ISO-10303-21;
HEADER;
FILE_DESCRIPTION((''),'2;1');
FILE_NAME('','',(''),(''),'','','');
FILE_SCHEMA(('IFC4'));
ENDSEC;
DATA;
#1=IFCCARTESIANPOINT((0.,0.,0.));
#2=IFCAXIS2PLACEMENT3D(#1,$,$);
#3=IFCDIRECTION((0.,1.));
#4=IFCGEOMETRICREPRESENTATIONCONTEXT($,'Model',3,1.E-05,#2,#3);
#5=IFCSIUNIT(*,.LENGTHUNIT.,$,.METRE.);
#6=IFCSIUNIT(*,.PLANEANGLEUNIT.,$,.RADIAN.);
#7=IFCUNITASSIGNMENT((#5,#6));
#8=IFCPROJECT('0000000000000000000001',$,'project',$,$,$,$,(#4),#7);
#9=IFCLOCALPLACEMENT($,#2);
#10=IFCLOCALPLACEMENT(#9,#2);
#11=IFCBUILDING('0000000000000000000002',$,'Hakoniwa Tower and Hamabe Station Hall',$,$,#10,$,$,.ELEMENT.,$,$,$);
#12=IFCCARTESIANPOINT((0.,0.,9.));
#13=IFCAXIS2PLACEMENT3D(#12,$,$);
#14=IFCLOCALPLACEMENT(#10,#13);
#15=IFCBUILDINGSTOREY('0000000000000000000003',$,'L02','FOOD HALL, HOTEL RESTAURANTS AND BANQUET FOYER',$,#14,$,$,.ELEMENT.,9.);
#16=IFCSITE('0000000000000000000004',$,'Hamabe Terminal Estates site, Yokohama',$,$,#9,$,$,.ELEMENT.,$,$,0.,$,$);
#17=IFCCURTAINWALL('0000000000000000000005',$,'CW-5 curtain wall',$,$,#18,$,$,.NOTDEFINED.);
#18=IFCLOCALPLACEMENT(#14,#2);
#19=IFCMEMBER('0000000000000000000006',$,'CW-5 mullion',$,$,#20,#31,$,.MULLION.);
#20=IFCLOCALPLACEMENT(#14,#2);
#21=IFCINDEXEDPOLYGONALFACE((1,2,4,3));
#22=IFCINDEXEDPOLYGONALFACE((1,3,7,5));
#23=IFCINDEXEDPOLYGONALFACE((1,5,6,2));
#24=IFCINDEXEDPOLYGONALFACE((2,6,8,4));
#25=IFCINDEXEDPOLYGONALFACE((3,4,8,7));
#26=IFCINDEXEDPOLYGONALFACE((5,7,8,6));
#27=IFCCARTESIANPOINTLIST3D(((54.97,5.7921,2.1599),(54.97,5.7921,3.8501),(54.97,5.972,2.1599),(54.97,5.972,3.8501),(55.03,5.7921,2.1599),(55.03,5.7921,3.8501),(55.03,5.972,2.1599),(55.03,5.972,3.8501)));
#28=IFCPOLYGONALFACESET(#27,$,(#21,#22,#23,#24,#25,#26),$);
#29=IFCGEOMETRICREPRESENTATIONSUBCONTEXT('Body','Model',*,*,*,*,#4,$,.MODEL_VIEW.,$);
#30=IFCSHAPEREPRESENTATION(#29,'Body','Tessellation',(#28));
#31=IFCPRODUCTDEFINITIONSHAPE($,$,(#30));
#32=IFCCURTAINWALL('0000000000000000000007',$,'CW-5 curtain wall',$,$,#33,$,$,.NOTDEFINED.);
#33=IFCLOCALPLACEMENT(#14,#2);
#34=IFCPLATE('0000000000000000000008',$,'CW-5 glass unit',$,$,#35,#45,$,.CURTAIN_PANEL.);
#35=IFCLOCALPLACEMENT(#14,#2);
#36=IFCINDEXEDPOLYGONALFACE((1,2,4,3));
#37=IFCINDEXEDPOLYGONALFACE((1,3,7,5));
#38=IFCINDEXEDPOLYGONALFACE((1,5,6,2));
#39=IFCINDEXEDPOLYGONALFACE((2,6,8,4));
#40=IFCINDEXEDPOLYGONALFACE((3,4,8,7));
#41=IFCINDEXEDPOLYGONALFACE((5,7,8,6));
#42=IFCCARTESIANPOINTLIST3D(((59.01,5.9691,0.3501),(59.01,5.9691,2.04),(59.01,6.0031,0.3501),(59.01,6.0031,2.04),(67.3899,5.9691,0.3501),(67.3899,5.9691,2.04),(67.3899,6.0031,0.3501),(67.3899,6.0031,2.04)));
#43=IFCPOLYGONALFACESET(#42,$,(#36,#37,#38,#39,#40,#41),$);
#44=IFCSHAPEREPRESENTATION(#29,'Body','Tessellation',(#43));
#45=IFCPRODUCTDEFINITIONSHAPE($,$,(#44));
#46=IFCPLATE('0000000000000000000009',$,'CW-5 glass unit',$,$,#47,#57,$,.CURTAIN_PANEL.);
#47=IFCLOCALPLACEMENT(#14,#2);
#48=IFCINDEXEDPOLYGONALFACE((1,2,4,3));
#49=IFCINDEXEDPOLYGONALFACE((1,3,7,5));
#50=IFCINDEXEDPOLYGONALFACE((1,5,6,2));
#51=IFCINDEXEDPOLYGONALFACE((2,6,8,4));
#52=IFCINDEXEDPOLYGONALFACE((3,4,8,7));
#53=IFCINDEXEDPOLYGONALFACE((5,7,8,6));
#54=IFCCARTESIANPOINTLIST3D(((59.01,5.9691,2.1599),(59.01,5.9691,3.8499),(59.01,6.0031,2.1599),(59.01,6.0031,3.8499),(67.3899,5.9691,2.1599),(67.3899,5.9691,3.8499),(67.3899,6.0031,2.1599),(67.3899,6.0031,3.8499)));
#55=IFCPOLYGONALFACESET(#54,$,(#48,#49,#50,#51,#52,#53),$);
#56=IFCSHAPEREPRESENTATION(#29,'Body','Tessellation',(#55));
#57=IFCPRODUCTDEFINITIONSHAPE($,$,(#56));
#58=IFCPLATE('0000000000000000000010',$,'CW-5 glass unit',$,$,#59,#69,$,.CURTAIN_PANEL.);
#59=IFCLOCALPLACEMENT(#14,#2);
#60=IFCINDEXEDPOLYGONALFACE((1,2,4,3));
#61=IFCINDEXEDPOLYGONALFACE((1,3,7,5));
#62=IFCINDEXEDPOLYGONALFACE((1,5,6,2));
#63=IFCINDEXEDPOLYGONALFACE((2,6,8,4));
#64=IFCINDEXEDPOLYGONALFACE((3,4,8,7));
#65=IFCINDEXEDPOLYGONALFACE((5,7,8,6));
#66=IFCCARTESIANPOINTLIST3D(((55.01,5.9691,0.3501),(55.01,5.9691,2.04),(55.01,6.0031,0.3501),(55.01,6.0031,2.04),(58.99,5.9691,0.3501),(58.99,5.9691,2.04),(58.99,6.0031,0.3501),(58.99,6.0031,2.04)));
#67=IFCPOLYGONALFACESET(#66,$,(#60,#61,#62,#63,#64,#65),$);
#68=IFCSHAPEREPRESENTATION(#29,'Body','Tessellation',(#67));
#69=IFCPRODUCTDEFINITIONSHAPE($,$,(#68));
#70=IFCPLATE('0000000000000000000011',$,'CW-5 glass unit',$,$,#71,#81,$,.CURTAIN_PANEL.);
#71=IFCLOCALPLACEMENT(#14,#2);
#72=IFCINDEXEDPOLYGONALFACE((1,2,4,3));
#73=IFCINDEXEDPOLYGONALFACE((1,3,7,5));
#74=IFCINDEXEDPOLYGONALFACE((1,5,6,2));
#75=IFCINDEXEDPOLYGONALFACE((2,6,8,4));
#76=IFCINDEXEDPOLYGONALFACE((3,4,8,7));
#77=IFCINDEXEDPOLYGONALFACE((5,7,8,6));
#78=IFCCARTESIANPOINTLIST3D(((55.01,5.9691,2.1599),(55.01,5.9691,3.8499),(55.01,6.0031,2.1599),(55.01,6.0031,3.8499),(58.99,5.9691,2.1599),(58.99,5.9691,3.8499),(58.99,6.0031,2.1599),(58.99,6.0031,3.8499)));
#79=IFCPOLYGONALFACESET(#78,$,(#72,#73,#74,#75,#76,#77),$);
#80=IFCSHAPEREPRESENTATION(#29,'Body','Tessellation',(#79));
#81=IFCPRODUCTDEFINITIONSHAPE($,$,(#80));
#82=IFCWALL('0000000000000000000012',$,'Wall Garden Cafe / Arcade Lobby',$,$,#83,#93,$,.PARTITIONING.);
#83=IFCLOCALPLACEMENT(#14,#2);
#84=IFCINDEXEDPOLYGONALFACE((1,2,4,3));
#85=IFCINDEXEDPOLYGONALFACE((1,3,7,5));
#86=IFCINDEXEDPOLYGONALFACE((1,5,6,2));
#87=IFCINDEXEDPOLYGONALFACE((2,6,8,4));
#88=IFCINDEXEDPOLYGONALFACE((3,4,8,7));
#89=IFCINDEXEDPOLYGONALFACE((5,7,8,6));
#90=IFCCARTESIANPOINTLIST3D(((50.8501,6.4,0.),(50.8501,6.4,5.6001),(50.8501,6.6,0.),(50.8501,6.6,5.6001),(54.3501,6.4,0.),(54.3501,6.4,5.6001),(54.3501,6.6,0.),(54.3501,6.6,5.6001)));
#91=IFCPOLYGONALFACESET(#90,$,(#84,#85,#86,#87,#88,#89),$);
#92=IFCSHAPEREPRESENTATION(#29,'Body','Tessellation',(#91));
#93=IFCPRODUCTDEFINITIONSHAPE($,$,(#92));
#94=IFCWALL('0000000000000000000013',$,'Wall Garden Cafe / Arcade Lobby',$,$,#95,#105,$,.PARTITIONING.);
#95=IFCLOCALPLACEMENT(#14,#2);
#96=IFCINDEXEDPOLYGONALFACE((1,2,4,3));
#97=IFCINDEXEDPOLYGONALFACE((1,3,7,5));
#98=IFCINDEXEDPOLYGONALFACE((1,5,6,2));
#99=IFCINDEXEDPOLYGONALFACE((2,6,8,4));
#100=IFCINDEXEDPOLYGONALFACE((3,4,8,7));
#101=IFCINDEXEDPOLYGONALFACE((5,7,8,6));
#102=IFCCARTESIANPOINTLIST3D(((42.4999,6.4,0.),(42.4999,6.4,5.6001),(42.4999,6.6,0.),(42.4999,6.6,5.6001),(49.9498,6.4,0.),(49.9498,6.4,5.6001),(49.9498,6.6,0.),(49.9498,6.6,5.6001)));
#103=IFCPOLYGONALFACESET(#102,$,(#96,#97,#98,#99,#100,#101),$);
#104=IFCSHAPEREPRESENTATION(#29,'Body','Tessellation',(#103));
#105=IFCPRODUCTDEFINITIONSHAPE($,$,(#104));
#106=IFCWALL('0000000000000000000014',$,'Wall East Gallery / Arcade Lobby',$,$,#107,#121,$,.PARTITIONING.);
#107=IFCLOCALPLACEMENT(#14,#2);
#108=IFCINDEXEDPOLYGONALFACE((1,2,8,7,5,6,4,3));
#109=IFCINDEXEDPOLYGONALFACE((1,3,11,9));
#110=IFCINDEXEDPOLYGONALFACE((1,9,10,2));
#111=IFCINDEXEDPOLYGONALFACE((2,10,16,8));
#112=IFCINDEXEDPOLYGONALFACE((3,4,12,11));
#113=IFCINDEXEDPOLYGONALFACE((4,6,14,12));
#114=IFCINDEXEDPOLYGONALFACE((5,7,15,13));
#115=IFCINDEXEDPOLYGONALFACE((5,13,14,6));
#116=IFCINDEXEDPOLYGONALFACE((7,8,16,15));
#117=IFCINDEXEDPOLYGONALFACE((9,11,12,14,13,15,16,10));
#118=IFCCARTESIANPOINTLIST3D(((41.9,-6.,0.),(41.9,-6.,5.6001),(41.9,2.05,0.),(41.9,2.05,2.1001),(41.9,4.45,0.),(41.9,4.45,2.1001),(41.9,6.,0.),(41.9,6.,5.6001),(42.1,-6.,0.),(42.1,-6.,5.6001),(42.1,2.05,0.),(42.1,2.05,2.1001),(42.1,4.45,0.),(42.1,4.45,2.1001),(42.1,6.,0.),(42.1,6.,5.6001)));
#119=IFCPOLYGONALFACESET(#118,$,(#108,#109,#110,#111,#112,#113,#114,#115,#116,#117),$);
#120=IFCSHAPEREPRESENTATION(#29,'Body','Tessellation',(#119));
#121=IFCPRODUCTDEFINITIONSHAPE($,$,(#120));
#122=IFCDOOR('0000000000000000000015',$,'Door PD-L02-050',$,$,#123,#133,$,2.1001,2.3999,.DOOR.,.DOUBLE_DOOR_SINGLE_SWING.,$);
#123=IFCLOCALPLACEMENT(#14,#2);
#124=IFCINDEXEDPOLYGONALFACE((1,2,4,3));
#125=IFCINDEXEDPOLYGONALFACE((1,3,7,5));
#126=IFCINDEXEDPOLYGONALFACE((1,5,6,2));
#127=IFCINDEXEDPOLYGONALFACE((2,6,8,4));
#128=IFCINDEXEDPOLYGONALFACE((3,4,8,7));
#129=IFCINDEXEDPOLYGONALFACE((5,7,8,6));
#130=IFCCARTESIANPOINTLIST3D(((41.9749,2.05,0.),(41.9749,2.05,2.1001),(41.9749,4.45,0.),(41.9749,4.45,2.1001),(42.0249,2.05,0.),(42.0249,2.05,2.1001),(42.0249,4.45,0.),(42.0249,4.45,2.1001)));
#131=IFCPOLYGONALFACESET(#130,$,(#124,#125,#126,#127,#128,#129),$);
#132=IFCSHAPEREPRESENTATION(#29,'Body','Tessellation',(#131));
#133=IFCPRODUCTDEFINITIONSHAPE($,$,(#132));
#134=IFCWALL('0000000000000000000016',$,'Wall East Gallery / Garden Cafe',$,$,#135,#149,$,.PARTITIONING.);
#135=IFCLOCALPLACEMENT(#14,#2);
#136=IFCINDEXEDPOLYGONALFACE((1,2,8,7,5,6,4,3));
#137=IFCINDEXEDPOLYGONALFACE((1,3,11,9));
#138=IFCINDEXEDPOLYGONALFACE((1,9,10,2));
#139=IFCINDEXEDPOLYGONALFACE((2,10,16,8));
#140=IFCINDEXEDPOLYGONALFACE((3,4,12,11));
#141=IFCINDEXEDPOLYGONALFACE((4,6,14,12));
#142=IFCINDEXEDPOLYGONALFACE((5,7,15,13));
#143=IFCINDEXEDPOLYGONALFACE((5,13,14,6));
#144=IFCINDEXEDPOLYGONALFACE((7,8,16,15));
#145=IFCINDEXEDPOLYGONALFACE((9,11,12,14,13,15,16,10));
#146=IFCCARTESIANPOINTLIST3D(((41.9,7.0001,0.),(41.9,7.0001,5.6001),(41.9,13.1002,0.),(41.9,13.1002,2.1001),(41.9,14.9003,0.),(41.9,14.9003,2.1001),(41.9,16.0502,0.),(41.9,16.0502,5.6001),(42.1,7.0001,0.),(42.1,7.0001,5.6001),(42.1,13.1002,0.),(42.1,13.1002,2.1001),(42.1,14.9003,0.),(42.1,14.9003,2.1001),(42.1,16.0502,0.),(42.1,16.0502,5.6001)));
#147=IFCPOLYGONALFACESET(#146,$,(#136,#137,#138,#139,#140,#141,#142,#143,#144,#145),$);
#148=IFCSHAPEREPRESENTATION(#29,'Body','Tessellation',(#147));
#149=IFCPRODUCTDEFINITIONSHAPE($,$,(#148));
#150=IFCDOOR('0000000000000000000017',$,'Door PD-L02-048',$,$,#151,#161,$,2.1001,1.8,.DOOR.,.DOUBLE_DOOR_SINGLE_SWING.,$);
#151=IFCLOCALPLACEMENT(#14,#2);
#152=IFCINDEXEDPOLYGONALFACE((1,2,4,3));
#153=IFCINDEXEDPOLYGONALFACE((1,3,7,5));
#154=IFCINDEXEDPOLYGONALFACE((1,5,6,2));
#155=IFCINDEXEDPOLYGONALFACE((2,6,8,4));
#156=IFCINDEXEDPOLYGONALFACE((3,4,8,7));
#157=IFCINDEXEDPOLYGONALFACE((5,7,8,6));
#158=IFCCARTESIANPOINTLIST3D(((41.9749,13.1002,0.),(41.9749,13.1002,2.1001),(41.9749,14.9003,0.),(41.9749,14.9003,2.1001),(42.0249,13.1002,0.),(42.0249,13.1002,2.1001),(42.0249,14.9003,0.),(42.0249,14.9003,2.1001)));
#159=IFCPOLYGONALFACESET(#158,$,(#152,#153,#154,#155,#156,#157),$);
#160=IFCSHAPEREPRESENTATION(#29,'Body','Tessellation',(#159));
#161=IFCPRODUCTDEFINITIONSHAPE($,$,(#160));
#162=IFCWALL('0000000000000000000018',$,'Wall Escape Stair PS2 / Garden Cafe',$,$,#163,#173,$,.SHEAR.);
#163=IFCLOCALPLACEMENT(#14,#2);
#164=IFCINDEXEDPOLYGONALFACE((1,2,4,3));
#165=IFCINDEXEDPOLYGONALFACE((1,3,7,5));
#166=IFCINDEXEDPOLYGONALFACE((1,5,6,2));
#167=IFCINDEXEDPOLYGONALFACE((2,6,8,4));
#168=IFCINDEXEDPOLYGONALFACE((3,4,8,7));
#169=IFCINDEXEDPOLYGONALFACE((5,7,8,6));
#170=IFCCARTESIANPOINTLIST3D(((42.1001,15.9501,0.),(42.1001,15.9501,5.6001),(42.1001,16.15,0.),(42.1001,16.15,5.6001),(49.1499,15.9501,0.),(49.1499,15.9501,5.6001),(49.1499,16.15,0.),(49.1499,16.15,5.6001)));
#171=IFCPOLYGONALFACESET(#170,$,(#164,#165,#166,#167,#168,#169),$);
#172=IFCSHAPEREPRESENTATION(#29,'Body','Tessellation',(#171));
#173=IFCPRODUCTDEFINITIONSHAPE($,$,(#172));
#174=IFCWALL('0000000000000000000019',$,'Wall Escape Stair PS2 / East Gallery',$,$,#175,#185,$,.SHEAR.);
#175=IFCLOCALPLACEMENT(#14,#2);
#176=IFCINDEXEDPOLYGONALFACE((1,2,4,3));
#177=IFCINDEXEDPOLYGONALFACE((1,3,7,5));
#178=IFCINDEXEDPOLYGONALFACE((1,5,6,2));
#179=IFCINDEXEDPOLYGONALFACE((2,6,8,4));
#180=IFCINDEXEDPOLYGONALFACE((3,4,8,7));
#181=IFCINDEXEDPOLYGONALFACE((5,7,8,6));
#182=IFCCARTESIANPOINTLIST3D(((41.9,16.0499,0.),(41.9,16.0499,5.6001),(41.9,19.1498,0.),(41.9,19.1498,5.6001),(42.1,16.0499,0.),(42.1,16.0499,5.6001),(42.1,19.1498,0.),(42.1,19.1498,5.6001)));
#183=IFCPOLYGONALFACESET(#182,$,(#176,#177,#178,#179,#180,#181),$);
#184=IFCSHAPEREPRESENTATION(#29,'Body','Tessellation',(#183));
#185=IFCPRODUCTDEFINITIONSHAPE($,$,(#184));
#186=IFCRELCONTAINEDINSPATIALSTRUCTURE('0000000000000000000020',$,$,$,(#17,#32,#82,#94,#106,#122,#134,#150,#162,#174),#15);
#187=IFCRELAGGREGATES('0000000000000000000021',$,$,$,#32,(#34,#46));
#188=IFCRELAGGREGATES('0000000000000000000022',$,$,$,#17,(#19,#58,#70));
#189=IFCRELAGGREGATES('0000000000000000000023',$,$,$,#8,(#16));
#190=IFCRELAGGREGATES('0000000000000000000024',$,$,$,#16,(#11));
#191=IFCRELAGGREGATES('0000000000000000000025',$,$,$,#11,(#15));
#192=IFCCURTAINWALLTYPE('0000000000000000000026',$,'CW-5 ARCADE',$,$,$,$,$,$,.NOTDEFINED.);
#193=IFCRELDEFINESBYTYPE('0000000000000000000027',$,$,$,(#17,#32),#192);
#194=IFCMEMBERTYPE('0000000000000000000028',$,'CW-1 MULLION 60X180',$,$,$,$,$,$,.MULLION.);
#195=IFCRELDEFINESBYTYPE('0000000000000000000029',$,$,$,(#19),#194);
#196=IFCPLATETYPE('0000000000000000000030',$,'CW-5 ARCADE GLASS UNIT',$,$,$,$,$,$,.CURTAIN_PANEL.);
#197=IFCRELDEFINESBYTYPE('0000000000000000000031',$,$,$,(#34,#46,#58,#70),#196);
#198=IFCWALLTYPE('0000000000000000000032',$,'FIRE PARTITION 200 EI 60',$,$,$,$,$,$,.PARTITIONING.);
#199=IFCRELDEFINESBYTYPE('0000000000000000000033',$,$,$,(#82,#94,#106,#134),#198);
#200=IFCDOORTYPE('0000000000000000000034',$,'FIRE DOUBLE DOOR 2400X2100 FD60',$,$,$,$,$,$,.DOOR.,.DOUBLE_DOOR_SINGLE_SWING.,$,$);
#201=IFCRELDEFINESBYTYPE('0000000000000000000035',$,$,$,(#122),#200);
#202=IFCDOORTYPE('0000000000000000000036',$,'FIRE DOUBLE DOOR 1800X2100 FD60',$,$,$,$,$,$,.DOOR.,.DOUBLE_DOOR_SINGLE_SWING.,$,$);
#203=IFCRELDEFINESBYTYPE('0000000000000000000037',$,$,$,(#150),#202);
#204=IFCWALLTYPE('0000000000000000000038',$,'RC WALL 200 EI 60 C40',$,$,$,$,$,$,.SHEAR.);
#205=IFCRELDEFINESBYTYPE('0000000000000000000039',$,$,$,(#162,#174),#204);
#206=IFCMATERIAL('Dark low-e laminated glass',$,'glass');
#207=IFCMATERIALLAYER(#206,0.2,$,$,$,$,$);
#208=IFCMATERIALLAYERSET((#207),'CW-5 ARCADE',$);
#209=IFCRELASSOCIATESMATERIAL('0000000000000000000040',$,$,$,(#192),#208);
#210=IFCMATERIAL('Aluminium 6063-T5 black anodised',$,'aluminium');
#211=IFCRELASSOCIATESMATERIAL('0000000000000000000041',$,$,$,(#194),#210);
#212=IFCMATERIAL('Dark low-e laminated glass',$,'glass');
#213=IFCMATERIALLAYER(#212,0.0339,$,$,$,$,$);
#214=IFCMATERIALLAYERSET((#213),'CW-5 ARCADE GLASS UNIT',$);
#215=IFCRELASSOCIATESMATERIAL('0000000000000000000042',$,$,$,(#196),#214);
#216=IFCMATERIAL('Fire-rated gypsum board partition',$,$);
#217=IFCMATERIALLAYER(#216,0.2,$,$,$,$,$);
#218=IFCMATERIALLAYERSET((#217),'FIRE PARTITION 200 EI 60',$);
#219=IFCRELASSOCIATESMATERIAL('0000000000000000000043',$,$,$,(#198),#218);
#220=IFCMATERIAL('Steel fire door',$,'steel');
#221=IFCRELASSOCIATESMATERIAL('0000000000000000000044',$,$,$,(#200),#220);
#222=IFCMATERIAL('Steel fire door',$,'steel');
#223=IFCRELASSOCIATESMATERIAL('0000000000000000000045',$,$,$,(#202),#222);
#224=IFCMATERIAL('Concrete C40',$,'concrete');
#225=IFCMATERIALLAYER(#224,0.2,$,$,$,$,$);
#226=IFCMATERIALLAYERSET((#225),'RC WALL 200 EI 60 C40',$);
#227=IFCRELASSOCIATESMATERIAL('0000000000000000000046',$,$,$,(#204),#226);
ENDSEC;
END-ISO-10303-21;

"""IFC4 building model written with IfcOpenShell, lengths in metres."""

from ifc_helpers import new_model, si_unit, direction, frame, frame_2d, origin, origin_2d, place, context, subcontext, project, spatial, rectangle, extrude, material, layer, layer_set, material_profile, profile_set, type_object, element, fill, aggregate, save


model = new_model("IFC4")

# Units and contexts
model_context = context("Model", 3, precision=1e-05, world=origin(), true_north=direction((0.0, 1.0)))
body_context = subcontext(model_context, "Body", "Model", "MODEL_VIEW")
ifc_project = project(units=[si_unit("LENGTHUNIT", "METRE"), si_unit("PLANEANGLEUNIT", "RADIAN")], contexts=[model_context])

# Site, building, storey
site_placement = place(None, origin())
site = spatial("IfcSite", under=ifc_project, at=site_placement, Name="Hamabe Terminal Estates site, Yokohama", CompositionType="ELEMENT", RefElevation=0.0)
building_placement = place(site_placement, origin())
building = spatial("IfcBuilding", under=site, at=building_placement, Name="Hakoniwa Tower and Hamabe Station Hall", CompositionType="ELEMENT")
storey_placement = place(building_placement, frame((0.0, 0.0, 9.0)))
storey = spatial("IfcBuildingStorey", under=building, at=storey_placement, Name="L02", Description="FOOD HALL, HOTEL RESTAURANTS AND BANQUET FOYER", CompositionType="ELEMENT", Elevation=9.0)

# Curtain wall, member
ifc_material_1 = material(Name="Dark low-e laminated glass", Category="glass")
ifc_layer_1 = layer(ifc_material_1, 0.2)
ifc_layer_set_1 = layer_set([ifc_layer_1], Name="CW-5 ARCADE")
curtain_wall_type = type_object("IfcCurtainWallType", Name="CW-5 ARCADE", PredefinedType="NOTDEFINED", material=ifc_layer_set_1)
curtain_wall_1_placement = place(storey_placement, origin())
curtain_wall_1 = element("IfcCurtainWall", 1, at=curtain_wall_1_placement, inside=storey, type_object=curtain_wall_type, Name="CW-5 curtain wall", PredefinedType="NOTDEFINED")
ifc_material_2 = material(Name="Aluminium 6063-T5 black anodised", Category="aluminium")
ifc_material_profile_1 = material_profile(ifc_material_2, rectangle(XDim=0.0601, YDim=0.1799, at=origin_2d()), Name="CW-1 MULLION 60X180")
ifc_profile_set_1 = profile_set([ifc_material_profile_1], Name="Aluminium 6063-T5 black anodised")
member_type_1 = type_object("IfcMemberType", Name="CW-1 MULLION 60X180", PredefinedType="MULLION", material=ifc_profile_set_1)
member_1_placement = place(storey_placement, frame((55.0, 5.8821, 2.1599), z_axis=(0.0, 0.0, 1.0), x_axis=(-1.0, 0.0, 0.0)))
member_1 = element("IfcMember", 2, at=member_1_placement, type_object=member_type_1, Name="CW-5 mullion", PredefinedType="MULLION", context=body_context, shape_type="SweptSolid", body=[
    extrude(rectangle(XDim=0.0601, YDim=0.1799, at=origin_2d()), origin(), (0.0, 0.0, 1.0), 1.6902),
])

# Curtain wall, plates
curtain_wall_2_placement = place(storey_placement, origin())
curtain_wall_2 = element("IfcCurtainWall", 3, at=curtain_wall_2_placement, inside=storey, type_object=curtain_wall_type, Name="CW-5 curtain wall", PredefinedType="NOTDEFINED")
ifc_material_3 = material(Name="Dark low-e laminated glass", Category="glass")
ifc_layer_2 = layer(ifc_material_3, 0.0339)
ifc_layer_set_2 = layer_set([ifc_layer_2], Name="CW-5 ARCADE GLASS UNIT")
plate_type = type_object("IfcPlateType", Name="CW-5 ARCADE GLASS UNIT", PredefinedType="CURTAIN_PANEL", material=ifc_layer_set_2)
plate_1_placement = place(storey_placement, frame((63.2, 5.9861, 0.3501), z_axis=(0.0, 0.0, 1.0), x_axis=(-1.0, 0.0, 0.0)))
plate_1 = element("IfcPlate", 4, at=plate_1_placement, type_object=plate_type, Name="CW-5 glass unit", PredefinedType="CURTAIN_PANEL", context=body_context, shape_type="SweptSolid", body=[
    extrude(rectangle(XDim=8.3799, YDim=0.0339, at=origin_2d()), origin(), (0.0, 0.0, 1.0), 1.6899),
])
plate_2_placement = place(storey_placement, frame((63.2, 5.9861, 2.1599), z_axis=(0.0, 0.0, 1.0), x_axis=(-1.0, 0.0, 0.0)))
plate_2 = element("IfcPlate", 5, at=plate_2_placement, type_object=plate_type, Name="CW-5 glass unit", PredefinedType="CURTAIN_PANEL", context=body_context, shape_type="SweptSolid", body=[
    extrude(rectangle(XDim=8.3799, YDim=0.0339, at=origin_2d()), origin(), (0.0, 0.0, 1.0), 1.6899),
])
aggregate(curtain_wall_2, [plate_1, plate_2])

# Plates
plate_3_placement = place(storey_placement, frame((57.0, 5.9861, 0.3501), z_axis=(0.0, 0.0, 1.0), x_axis=(-1.0, 0.0, 0.0)))
plate_3 = element("IfcPlate", 6, at=plate_3_placement, type_object=plate_type, Name="CW-5 glass unit", PredefinedType="CURTAIN_PANEL", context=body_context, shape_type="SweptSolid", body=[
    extrude(rectangle(XDim=3.98, YDim=0.0339, at=origin_2d()), origin(), (0.0, 0.0, 1.0), 1.6899),
])
plate_4_placement = place(storey_placement, frame((57.0, 5.9861, 2.1599), z_axis=(0.0, 0.0, 1.0), x_axis=(-1.0, 0.0, 0.0)))
plate_4 = element("IfcPlate", 7, at=plate_4_placement, type_object=plate_type, Name="CW-5 glass unit", PredefinedType="CURTAIN_PANEL", context=body_context, shape_type="SweptSolid", body=[
    extrude(rectangle(XDim=3.98, YDim=0.0339, at=origin_2d()), origin(), (0.0, 0.0, 1.0), 1.6899),
])
aggregate(curtain_wall_1, [member_1, plate_3, plate_4])

# Walls
ifc_material_4 = material(Name="Fire-rated gypsum board partition")
ifc_layer_3 = layer(ifc_material_4, 0.2)
ifc_layer_set_3 = layer_set([ifc_layer_3], Name="FIRE PARTITION 200 EI 60")
wall_type_1 = type_object("IfcWallType", Name="FIRE PARTITION 200 EI 60", PredefinedType="PARTITIONING", material=ifc_layer_set_3)
wall_1_placement = place(storey_placement, frame((54.3501, 6.5, 0.0), z_axis=(0.0, 0.0, 1.0), x_axis=(-1.0, 0.0, 0.0)))
element("IfcWall", 8, at=wall_1_placement, inside=storey, type_object=wall_type_1, Name="Wall Garden Cafe / Arcade Lobby", PredefinedType="PARTITIONING", context=body_context, shape_type="SweptSolid", body=[
    extrude(rectangle(XDim=3.5, YDim=0.2, at=frame_2d((1.75, 0.0))), origin(), (0.0, 0.0, 1.0), 5.6001),
])
wall_2_placement = place(storey_placement, frame((49.95, 6.5, 0.0), z_axis=(0.0, 0.0, 1.0), x_axis=(-1.0, 0.0, 0.0)))
element("IfcWall", 9, at=wall_2_placement, inside=storey, type_object=wall_type_1, Name="Wall Garden Cafe / Arcade Lobby", PredefinedType="PARTITIONING", context=body_context, shape_type="SweptSolid", body=[
    extrude(rectangle(XDim=7.45, YDim=0.2, at=frame_2d((3.7251, 0.0))), origin(), (0.0, 0.0, 1.0), 5.6001),
])

# Walls, openings, doors
wall_3_placement = place(storey_placement, frame((42.0, 6.0, 0.0), z_axis=(0.0, 0.0, 1.0), x_axis=(0.0, -1.0, 0.0)))
wall_3 = element("IfcWall", 10, at=wall_3_placement, inside=storey, type_object=wall_type_1, Name="Wall East Gallery / Arcade Lobby", PredefinedType="PARTITIONING", context=body_context, shape_type="SweptSolid", body=[
    extrude(rectangle(XDim=12.0, YDim=0.2, at=frame_2d((6.0, 0.0))), origin(), (0.0, 0.0, 1.0), 5.6001),
])
opening_1_placement = place(wall_3_placement, frame((1.55, 0.0, 0.0)))
opening_1 = element("IfcOpeningElement", 11, at=opening_1_placement, cuts=wall_3, PredefinedType="OPENING", context=body_context, shape_type="SweptSolid", body=[
    extrude(rectangle(XDim=2.3999, YDim=2.1001, at=frame_2d((1.2, 1.05))), frame((0.0, 0.1099, 0.0), z_axis=(0.0, -1.0, 0.0), x_axis=(1.0, 0.0, 0.0)), (0.0, 0.0, 1.0), 0.22),
])
ifc_material_5 = material(Name="Steel fire door", Category="steel")
door_type_1 = type_object("IfcDoorType", Name="FIRE DOUBLE DOOR 2400X2100 FD60", OperationType="DOUBLE_DOOR_SINGLE_SWING", PredefinedType="DOOR", material=ifc_material_5)
door_1_placement = place(opening_1_placement, origin())
door_1 = element("IfcDoor", 12, at=door_1_placement, inside=storey, type_object=door_type_1, Name="Door PD-L02-050", OperationType="DOUBLE_DOOR_SINGLE_SWING", OverallHeight=2.1001, OverallWidth=2.3999, PredefinedType="DOOR", context=body_context, shape_type="SweptSolid", body=[
    extrude(rectangle(XDim=2.3999, YDim=2.1001, at=frame_2d((1.2, 1.05))), frame((0.0, 0.0249, 0.0), z_axis=(0.0, -1.0, 0.0), x_axis=(1.0, 0.0, 0.0)), (0.0, 0.0, 1.0), 0.05),
])
fill(opening_1, door_1)
wall_4_placement = place(storey_placement, frame((42.0, 16.05, 0.0), z_axis=(0.0, 0.0, 1.0), x_axis=(0.0, -1.0, 0.0)))
wall_4 = element("IfcWall", 13, at=wall_4_placement, inside=storey, type_object=wall_type_1, Name="Wall East Gallery / Garden Cafe", PredefinedType="PARTITIONING", context=body_context, shape_type="SweptSolid", body=[
    extrude(rectangle(XDim=9.05, YDim=0.2, at=frame_2d((4.5249, 0.0))), origin(), (0.0, 0.0, 1.0), 5.6001),
])
opening_2_placement = place(wall_4_placement, frame((1.1499, 0.0, 0.0)))
opening_2 = element("IfcOpeningElement", 14, at=opening_2_placement, cuts=wall_4, PredefinedType="OPENING", context=body_context, shape_type="SweptSolid", body=[
    extrude(rectangle(XDim=1.8, YDim=2.1001, at=frame_2d((0.8999, 1.05))), frame((0.0, 0.1099, 0.0), z_axis=(0.0, -1.0, 0.0), x_axis=(1.0, 0.0, 0.0)), (0.0, 0.0, 1.0), 0.22),
])
ifc_material_6 = material(Name="Steel fire door", Category="steel")
door_type_2 = type_object("IfcDoorType", Name="FIRE DOUBLE DOOR 1800X2100 FD60", OperationType="DOUBLE_DOOR_SINGLE_SWING", PredefinedType="DOOR", material=ifc_material_6)
door_2_placement = place(opening_2_placement, origin())
door_2 = element("IfcDoor", 15, at=door_2_placement, inside=storey, type_object=door_type_2, Name="Door PD-L02-048", OperationType="DOUBLE_DOOR_SINGLE_SWING", OverallHeight=2.1001, OverallWidth=1.8, PredefinedType="DOOR", context=body_context, shape_type="SweptSolid", body=[
    extrude(rectangle(XDim=1.8, YDim=2.1001, at=frame_2d((0.8999, 1.05))), frame((0.0, 0.0249, 0.0), z_axis=(0.0, -1.0, 0.0), x_axis=(1.0, 0.0, 0.0)), (0.0, 0.0, 1.0), 0.05),
])
fill(opening_2, door_2)

# Walls
ifc_material_7 = material(Name="Concrete C40", Category="concrete")
ifc_layer_4 = layer(ifc_material_7, 0.2)
ifc_layer_set_4 = layer_set([ifc_layer_4], Name="RC WALL 200 EI 60 C40")
wall_type_2 = type_object("IfcWallType", Name="RC WALL 200 EI 60 C40", PredefinedType="SHEAR", material=ifc_layer_set_4)
wall_5_placement = place(storey_placement, frame((49.1499, 16.05, 0.0), z_axis=(0.0, 0.0, 1.0), x_axis=(-1.0, 0.0, 0.0)))
element("IfcWall", 16, at=wall_5_placement, inside=storey, type_object=wall_type_2, Name="Wall Escape Stair PS2 / Garden Cafe", PredefinedType="SHEAR", context=body_context, shape_type="SweptSolid", body=[
    extrude(rectangle(XDim=7.0498, YDim=0.2, at=frame_2d((3.5249, 0.0))), origin(), (0.0, 0.0, 1.0), 5.6001),
])
wall_6_placement = place(storey_placement, frame((42.0, 16.05, 0.0), z_axis=(0.0, 0.0, 1.0), x_axis=(0.0, 1.0, 0.0)))
element("IfcWall", 17, at=wall_6_placement, inside=storey, type_object=wall_type_2, Name="Wall Escape Stair PS2 / East Gallery", PredefinedType="SHEAR", context=body_context, shape_type="SweptSolid", body=[
    extrude(rectangle(XDim=3.0999, YDim=0.2, at=frame_2d((1.5498, 0.0))), origin(), (0.0, 0.0, 1.0), 5.6001),
])

save(model, "model.ifc")
